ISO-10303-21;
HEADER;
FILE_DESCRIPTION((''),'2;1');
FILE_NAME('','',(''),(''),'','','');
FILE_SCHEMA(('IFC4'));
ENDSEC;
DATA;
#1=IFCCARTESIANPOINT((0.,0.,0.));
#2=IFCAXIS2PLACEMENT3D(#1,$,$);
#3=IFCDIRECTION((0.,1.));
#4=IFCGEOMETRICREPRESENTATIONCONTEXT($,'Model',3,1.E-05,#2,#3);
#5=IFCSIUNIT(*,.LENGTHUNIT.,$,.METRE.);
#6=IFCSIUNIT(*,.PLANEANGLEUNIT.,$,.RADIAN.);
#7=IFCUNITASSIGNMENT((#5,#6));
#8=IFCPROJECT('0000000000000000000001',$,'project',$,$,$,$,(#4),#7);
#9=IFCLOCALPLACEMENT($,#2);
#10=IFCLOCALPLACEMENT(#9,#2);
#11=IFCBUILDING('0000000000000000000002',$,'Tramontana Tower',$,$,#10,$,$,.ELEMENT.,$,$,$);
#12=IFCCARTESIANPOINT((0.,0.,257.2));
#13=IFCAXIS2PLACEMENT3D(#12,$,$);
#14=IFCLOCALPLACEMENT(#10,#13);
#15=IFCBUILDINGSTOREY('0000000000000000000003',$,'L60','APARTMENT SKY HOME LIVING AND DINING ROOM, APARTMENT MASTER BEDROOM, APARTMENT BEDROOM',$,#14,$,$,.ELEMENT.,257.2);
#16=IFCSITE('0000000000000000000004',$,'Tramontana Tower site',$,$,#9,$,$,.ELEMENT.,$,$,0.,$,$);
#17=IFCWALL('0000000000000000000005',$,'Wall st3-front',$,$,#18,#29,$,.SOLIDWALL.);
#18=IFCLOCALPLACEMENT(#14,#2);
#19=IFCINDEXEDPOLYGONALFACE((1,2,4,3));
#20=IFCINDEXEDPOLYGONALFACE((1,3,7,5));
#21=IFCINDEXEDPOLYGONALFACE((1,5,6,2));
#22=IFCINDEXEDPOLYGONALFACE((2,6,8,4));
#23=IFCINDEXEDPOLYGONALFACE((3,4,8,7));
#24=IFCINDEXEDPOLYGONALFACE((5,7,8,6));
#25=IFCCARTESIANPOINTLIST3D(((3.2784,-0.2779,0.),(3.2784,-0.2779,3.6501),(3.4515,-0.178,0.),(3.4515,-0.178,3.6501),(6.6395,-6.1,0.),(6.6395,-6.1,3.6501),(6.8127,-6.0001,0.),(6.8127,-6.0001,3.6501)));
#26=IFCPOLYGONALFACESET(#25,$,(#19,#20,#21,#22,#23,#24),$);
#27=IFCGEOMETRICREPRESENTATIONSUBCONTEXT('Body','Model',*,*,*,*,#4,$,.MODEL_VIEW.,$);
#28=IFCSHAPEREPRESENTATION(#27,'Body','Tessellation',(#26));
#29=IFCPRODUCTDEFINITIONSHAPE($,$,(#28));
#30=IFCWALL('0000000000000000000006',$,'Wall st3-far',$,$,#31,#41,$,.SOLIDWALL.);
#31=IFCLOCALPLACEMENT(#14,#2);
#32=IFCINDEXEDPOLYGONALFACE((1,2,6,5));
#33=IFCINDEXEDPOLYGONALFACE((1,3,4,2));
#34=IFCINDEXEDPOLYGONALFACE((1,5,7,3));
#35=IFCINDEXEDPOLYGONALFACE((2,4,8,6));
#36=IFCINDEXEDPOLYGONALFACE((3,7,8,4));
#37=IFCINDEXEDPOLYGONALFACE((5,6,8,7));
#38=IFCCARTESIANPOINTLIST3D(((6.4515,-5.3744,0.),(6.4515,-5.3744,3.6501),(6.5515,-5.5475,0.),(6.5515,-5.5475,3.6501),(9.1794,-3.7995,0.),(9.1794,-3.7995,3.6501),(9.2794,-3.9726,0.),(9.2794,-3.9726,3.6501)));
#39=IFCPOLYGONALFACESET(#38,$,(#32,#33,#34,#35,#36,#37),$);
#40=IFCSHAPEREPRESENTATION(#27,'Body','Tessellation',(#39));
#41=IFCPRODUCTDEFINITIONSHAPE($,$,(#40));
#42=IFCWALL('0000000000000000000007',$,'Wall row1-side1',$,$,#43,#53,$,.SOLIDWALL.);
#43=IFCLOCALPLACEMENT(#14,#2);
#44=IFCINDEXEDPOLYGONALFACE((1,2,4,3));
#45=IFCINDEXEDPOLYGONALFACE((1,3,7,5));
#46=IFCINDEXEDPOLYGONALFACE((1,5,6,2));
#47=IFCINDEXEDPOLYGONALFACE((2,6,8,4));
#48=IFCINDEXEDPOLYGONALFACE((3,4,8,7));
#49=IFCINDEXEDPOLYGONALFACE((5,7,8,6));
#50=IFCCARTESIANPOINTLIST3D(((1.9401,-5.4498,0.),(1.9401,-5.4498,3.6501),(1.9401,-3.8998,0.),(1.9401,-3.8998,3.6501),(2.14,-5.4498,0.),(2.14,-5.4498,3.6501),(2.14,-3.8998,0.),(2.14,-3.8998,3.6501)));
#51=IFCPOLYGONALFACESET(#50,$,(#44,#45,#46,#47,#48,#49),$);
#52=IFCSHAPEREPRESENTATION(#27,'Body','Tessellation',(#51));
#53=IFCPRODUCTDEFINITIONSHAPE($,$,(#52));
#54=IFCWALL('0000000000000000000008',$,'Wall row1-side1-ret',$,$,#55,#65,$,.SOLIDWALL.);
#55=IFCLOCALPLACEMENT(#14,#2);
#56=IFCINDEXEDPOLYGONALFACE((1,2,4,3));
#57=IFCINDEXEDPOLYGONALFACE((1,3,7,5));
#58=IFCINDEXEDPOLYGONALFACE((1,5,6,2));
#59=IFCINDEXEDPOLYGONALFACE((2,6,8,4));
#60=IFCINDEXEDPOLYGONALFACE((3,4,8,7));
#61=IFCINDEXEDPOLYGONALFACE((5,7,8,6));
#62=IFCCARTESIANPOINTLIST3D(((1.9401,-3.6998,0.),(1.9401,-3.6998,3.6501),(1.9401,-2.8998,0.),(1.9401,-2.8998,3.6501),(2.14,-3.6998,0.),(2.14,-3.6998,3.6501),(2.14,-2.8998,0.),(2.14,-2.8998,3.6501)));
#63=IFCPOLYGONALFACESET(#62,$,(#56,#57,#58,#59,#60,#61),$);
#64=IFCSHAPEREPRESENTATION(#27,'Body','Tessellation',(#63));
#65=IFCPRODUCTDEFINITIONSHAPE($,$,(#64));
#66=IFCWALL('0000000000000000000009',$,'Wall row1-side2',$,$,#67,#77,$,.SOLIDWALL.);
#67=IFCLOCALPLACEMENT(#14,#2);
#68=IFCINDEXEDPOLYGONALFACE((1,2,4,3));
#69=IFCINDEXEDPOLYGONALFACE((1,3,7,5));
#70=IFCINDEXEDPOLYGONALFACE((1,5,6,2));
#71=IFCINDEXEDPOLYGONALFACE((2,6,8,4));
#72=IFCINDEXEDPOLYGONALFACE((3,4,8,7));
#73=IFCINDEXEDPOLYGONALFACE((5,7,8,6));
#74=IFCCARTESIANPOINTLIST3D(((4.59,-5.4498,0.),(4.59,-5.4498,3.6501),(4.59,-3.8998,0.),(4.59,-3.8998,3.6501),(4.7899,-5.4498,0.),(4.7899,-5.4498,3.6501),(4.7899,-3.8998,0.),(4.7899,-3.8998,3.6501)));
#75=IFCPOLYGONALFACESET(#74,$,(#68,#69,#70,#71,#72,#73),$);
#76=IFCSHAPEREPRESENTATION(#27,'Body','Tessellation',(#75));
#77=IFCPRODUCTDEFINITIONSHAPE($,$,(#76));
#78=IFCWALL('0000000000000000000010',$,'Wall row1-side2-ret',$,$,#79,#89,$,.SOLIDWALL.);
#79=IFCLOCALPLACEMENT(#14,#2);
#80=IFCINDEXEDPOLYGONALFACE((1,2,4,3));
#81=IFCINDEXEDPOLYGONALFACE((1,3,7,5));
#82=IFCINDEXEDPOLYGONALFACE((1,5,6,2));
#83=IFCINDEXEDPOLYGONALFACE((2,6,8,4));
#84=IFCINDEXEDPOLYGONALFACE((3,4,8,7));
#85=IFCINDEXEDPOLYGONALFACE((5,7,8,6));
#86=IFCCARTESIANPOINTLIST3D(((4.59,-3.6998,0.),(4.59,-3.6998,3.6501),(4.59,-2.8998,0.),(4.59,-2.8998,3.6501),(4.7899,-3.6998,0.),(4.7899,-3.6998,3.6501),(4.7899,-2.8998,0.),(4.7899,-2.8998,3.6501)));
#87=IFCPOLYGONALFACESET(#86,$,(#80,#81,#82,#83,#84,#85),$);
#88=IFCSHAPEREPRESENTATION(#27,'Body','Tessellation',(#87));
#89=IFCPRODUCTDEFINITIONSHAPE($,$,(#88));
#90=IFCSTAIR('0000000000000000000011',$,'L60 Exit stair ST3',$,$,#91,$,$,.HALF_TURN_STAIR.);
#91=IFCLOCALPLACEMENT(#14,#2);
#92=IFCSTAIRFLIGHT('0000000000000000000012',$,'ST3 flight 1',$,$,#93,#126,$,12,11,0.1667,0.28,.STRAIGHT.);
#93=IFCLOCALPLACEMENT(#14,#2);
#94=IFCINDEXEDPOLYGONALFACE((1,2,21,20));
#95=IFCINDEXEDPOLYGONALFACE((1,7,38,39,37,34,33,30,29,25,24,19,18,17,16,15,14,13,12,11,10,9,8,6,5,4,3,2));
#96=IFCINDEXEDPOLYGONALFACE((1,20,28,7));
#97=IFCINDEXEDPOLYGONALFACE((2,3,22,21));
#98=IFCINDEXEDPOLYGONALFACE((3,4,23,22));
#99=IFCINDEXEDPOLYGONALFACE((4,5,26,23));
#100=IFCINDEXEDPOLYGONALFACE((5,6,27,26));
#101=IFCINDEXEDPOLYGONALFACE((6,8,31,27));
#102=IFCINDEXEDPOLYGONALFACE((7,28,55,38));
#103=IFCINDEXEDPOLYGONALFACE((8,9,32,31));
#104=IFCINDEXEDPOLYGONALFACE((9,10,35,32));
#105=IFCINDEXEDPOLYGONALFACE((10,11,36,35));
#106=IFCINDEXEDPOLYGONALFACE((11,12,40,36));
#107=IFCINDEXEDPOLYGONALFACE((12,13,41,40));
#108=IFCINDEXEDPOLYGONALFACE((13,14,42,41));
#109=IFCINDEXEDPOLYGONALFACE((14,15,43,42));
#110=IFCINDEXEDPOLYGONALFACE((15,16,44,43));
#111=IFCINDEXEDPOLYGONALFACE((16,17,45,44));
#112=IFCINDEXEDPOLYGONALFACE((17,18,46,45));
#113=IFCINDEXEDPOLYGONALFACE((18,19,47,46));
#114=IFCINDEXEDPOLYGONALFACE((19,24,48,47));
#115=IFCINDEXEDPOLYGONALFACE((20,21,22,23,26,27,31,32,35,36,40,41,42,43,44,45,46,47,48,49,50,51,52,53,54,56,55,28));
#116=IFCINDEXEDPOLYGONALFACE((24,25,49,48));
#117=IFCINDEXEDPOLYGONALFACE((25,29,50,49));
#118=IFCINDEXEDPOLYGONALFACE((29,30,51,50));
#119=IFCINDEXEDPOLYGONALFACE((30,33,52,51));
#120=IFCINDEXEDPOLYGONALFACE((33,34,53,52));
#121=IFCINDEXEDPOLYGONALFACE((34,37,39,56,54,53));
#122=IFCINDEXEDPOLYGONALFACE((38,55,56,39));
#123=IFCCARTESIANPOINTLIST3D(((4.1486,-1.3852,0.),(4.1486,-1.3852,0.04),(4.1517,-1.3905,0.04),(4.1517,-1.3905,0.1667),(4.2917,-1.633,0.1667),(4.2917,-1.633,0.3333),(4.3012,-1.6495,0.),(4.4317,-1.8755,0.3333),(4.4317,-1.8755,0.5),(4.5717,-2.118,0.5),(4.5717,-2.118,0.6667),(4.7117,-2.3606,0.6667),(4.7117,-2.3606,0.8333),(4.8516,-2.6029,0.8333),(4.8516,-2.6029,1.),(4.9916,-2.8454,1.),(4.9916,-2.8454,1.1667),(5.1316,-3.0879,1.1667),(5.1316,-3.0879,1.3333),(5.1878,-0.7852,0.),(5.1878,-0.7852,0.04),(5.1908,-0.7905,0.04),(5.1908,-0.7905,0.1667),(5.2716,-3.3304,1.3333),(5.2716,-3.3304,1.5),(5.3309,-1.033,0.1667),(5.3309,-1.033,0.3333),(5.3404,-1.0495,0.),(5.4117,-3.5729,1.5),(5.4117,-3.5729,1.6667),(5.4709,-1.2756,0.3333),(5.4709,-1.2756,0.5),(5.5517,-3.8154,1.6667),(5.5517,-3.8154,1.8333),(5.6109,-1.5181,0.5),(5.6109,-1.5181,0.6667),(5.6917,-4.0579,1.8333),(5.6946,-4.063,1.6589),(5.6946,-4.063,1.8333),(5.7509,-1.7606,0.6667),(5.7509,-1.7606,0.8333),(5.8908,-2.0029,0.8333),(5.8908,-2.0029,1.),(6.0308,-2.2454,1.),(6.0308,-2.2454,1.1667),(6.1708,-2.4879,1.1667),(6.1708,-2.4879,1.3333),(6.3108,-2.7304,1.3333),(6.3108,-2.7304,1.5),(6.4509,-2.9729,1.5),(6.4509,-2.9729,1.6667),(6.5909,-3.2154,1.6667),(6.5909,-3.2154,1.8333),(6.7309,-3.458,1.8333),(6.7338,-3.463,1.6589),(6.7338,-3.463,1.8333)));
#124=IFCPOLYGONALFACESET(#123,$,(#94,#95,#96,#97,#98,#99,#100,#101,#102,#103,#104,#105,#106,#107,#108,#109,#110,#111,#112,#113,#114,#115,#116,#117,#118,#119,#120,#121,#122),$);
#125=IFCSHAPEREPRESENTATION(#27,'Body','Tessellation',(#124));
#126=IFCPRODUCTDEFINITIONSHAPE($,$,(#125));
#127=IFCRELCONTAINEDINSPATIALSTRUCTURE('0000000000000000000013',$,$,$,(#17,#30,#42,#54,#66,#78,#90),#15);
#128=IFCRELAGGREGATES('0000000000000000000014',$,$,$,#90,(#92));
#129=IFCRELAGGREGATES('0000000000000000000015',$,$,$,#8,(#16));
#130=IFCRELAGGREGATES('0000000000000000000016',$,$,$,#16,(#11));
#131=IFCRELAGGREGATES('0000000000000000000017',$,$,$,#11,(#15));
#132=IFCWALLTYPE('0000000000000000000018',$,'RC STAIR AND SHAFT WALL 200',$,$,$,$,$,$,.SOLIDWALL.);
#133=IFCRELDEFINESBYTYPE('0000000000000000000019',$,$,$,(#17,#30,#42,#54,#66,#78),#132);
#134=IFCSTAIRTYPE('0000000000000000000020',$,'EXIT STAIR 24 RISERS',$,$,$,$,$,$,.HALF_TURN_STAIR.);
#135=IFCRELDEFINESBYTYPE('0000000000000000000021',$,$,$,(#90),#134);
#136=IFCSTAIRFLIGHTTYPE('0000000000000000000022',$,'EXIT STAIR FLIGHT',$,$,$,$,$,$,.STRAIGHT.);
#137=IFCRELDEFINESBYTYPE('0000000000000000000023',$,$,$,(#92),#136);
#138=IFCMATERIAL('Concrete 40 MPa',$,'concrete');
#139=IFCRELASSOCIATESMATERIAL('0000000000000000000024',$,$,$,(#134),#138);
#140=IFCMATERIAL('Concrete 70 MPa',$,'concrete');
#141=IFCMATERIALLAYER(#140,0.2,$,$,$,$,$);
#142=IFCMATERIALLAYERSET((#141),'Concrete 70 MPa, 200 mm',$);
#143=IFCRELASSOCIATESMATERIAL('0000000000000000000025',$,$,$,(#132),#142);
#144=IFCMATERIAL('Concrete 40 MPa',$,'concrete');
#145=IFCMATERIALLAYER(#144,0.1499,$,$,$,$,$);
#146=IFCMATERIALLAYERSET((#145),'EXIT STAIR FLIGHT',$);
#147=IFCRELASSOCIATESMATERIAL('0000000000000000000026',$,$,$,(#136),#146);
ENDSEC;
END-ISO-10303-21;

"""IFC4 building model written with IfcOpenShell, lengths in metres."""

from ifc_helpers import new_model, si_unit, direction, frame, frame_2d, origin, place, context, subcontext, project, spatial, polyline, rectangle, outline, extrude, material, layer, layer_set, type_object, element, aggregate, save


model = new_model("IFC4")

# Units and contexts
model_context = context("Model", 3, precision=1e-05, world=origin(), true_north=direction((0.0, 1.0)))
body_context = subcontext(model_context, "Body", "Model", "MODEL_VIEW")
ifc_project = project(units=[si_unit("LENGTHUNIT", "METRE"), si_unit("PLANEANGLEUNIT", "RADIAN")], contexts=[model_context])

# Site, building, storey
site_placement = place(None, origin())
site = spatial("IfcSite", under=ifc_project, at=site_placement, Name="Tramontana Tower site", CompositionType="ELEMENT", RefElevation=0.0)
building_placement = place(site_placement, origin())
building = spatial("IfcBuilding", under=site, at=building_placement, Name="Tramontana Tower", CompositionType="ELEMENT")
storey_placement = place(building_placement, frame((0.0, 0.0, 257.2)))
storey = spatial("IfcBuildingStorey", under=building, at=storey_placement, Name="L60", Description="APARTMENT SKY HOME LIVING AND DINING ROOM, APARTMENT MASTER BEDROOM, APARTMENT BEDROOM", CompositionType="ELEMENT", Elevation=257.2)

# Shared definitions
ifc_material_1 = material(Name="Concrete 40 MPa", Category="concrete")
stair_type = type_object("IfcStairType", Name="EXIT STAIR 24 RISERS", PredefinedType="HALF_TURN_STAIR", material=ifc_material_1)

# Walls
ifc_material_2 = material(Name="Concrete 70 MPa", Category="concrete")
ifc_layer_1 = layer(ifc_material_2, 0.2)
ifc_layer_set_1 = layer_set([ifc_layer_1], Name="Concrete 70 MPa, 200 mm")
wall_type_1 = type_object("IfcWallType", Name="RC STAIR AND SHAFT WALL 200", PredefinedType="SOLIDWALL", material=ifc_layer_set_1)
wall_1_placement = place(storey_placement, frame((6.7261, -6.05, 0.0), z_axis=(0.0, 0.0, 1.0), x_axis=(-0.499971, 0.866042, 0.0)))
element("IfcWall", 1, at=wall_1_placement, inside=storey, type_object=wall_type_1, Name="Wall st3-front", PredefinedType="SOLIDWALL", context=body_context, shape_type="SweptSolid", body=[
    extrude(rectangle(XDim=6.7227, YDim=0.2, at=frame_2d((3.3613, 0.0))), origin(), (0.0, 0.0, 1.0), 3.6501),
])
wall_2_placement = place(storey_placement, frame((6.5015, -5.4609, 0.0), z_axis=(0.0, 0.0, 1.0), x_axis=(0.866036, 0.499982, 0.0)))
element("IfcWall", 2, at=wall_2_placement, inside=storey, type_object=wall_type_1, Name="Wall st3-far", PredefinedType="SOLIDWALL", context=body_context, shape_type="SweptSolid", body=[
    extrude(rectangle(XDim=3.1499, YDim=0.2, at=frame_2d((1.575, 0.0))), origin(), (0.0, 0.0, 1.0), 3.6501),
])

# Walls
wall_3_placement = place(storey_placement, frame((2.04, -3.8999, 0.0), z_axis=(0.0, 0.0, 1.0), x_axis=(0.0, -1.0, 0.0)))
element("IfcWall", 3, at=wall_3_placement, inside=storey, type_object=wall_type_1, Name="Wall row1-side1", PredefinedType="SOLIDWALL", context=body_context, shape_type="SweptSolid", body=[
    extrude(rectangle(XDim=1.55, YDim=0.2, at=frame_2d((0.7749, 0.0))), origin(), (0.0, 0.0, 1.0), 3.6501),
])
wall_4_placement = place(storey_placement, frame((2.04, -2.8999, 0.0), z_axis=(0.0, 0.0, 1.0), x_axis=(0.0, -1.0, 0.0)))
element("IfcWall", 4, at=wall_4_placement, inside=storey, type_object=wall_type_1, Name="Wall row1-side1-ret", PredefinedType="SOLIDWALL", context=body_context, shape_type="SweptSolid", body=[
    extrude(rectangle(XDim=0.8, YDim=0.2, at=frame_2d((0.3999, 0.0))), origin(), (0.0, 0.0, 1.0), 3.6501),
])
wall_5_placement = place(storey_placement, frame((4.6899, -3.8999, 0.0), z_axis=(0.0, 0.0, 1.0), x_axis=(0.0, -1.0, 0.0)))
element("IfcWall", 5, at=wall_5_placement, inside=storey, type_object=wall_type_1, Name="Wall row1-side2", PredefinedType="SOLIDWALL", context=body_context, shape_type="SweptSolid", body=[
    extrude(rectangle(XDim=1.55, YDim=0.2, at=frame_2d((0.7749, 0.0))), origin(), (0.0, 0.0, 1.0), 3.6501),
])
wall_6_placement = place(storey_placement, frame((4.6899, -2.8999, 0.0), z_axis=(0.0, 0.0, 1.0), x_axis=(0.0, -1.0, 0.0)))
element("IfcWall", 6, at=wall_6_placement, inside=storey, type_object=wall_type_1, Name="Wall row1-side2-ret", PredefinedType="SOLIDWALL", context=body_context, shape_type="SweptSolid", body=[
    extrude(rectangle(XDim=0.8, YDim=0.2, at=frame_2d((0.3999, 0.0))), origin(), (0.0, 0.0, 1.0), 3.6501),
])

# Stair, stair flight
stair_1_placement = place(storey_placement, origin())
stair_1 = element("IfcStair", 7, at=stair_1_placement, inside=storey, type_object=stair_type, Name="L60 Exit stair ST3", PredefinedType="HALF_TURN_STAIR")
ifc_material_3 = material(Name="Concrete 40 MPa", Category="concrete")
ifc_layer_2 = layer(ifc_material_3, 0.1499)
ifc_layer_set_2 = layer_set([ifc_layer_2], Name="EXIT STAIR FLIGHT")
stair_flight_type = type_object("IfcStairFlightType", Name="EXIT STAIR FLIGHT", PredefinedType="STRAIGHT", material=ifc_layer_set_2)
stair_flight_placement = place(storey_placement, frame((4.6711, -1.0906, 0.0), z_axis=(0.0, 0.0, 1.0), x_axis=(0.5, -0.866025, 0.0)))
stair_flight = element("IfcStairFlight", 8, at=stair_flight_placement, type_object=stair_flight_type, Name="ST3 flight 1", NumberOfRisers=12, NumberOfTreads=11, PredefinedType="STRAIGHT", RiserHeight=0.1667, TreadLength=0.28, context=body_context, shape_type="SweptSolid", body=[
    extrude(outline(polyline([(-0.0061, 0.0), (-0.0061, 0.04), (0.0, 0.04), (0.0, 0.1667), (0.28, 0.1667), (0.28, 0.3333), (0.5601, 0.3333), (0.5601, 0.5), (0.8401, 0.5), (0.8401, 0.6667), (1.1201, 0.6667), (1.1201, 0.8333), (1.3999, 0.8333), (1.3999, 1.0), (1.6799, 1.0), (1.6799, 1.1667), (1.96, 1.1667), (1.96, 1.3333), (2.24, 1.3333), (2.24, 1.5), (2.52, 1.5), (2.52, 1.6667), (2.8, 1.6667), (2.8, 1.8333), (3.0801, 1.8333), (3.0859, 1.8333), (3.0859, 1.6589), (0.2991, 0.0), (-0.0061, 0.0)])), frame((0.0, 0.6001, 0.0), z_axis=(0.0, -1.0, 0.0), x_axis=(1.0, 0.0, 0.0)), (0.0, 0.0, 1.0), 1.2),
])
aggregate(stair_1, [stair_flight])

save(model, "model.ifc")
